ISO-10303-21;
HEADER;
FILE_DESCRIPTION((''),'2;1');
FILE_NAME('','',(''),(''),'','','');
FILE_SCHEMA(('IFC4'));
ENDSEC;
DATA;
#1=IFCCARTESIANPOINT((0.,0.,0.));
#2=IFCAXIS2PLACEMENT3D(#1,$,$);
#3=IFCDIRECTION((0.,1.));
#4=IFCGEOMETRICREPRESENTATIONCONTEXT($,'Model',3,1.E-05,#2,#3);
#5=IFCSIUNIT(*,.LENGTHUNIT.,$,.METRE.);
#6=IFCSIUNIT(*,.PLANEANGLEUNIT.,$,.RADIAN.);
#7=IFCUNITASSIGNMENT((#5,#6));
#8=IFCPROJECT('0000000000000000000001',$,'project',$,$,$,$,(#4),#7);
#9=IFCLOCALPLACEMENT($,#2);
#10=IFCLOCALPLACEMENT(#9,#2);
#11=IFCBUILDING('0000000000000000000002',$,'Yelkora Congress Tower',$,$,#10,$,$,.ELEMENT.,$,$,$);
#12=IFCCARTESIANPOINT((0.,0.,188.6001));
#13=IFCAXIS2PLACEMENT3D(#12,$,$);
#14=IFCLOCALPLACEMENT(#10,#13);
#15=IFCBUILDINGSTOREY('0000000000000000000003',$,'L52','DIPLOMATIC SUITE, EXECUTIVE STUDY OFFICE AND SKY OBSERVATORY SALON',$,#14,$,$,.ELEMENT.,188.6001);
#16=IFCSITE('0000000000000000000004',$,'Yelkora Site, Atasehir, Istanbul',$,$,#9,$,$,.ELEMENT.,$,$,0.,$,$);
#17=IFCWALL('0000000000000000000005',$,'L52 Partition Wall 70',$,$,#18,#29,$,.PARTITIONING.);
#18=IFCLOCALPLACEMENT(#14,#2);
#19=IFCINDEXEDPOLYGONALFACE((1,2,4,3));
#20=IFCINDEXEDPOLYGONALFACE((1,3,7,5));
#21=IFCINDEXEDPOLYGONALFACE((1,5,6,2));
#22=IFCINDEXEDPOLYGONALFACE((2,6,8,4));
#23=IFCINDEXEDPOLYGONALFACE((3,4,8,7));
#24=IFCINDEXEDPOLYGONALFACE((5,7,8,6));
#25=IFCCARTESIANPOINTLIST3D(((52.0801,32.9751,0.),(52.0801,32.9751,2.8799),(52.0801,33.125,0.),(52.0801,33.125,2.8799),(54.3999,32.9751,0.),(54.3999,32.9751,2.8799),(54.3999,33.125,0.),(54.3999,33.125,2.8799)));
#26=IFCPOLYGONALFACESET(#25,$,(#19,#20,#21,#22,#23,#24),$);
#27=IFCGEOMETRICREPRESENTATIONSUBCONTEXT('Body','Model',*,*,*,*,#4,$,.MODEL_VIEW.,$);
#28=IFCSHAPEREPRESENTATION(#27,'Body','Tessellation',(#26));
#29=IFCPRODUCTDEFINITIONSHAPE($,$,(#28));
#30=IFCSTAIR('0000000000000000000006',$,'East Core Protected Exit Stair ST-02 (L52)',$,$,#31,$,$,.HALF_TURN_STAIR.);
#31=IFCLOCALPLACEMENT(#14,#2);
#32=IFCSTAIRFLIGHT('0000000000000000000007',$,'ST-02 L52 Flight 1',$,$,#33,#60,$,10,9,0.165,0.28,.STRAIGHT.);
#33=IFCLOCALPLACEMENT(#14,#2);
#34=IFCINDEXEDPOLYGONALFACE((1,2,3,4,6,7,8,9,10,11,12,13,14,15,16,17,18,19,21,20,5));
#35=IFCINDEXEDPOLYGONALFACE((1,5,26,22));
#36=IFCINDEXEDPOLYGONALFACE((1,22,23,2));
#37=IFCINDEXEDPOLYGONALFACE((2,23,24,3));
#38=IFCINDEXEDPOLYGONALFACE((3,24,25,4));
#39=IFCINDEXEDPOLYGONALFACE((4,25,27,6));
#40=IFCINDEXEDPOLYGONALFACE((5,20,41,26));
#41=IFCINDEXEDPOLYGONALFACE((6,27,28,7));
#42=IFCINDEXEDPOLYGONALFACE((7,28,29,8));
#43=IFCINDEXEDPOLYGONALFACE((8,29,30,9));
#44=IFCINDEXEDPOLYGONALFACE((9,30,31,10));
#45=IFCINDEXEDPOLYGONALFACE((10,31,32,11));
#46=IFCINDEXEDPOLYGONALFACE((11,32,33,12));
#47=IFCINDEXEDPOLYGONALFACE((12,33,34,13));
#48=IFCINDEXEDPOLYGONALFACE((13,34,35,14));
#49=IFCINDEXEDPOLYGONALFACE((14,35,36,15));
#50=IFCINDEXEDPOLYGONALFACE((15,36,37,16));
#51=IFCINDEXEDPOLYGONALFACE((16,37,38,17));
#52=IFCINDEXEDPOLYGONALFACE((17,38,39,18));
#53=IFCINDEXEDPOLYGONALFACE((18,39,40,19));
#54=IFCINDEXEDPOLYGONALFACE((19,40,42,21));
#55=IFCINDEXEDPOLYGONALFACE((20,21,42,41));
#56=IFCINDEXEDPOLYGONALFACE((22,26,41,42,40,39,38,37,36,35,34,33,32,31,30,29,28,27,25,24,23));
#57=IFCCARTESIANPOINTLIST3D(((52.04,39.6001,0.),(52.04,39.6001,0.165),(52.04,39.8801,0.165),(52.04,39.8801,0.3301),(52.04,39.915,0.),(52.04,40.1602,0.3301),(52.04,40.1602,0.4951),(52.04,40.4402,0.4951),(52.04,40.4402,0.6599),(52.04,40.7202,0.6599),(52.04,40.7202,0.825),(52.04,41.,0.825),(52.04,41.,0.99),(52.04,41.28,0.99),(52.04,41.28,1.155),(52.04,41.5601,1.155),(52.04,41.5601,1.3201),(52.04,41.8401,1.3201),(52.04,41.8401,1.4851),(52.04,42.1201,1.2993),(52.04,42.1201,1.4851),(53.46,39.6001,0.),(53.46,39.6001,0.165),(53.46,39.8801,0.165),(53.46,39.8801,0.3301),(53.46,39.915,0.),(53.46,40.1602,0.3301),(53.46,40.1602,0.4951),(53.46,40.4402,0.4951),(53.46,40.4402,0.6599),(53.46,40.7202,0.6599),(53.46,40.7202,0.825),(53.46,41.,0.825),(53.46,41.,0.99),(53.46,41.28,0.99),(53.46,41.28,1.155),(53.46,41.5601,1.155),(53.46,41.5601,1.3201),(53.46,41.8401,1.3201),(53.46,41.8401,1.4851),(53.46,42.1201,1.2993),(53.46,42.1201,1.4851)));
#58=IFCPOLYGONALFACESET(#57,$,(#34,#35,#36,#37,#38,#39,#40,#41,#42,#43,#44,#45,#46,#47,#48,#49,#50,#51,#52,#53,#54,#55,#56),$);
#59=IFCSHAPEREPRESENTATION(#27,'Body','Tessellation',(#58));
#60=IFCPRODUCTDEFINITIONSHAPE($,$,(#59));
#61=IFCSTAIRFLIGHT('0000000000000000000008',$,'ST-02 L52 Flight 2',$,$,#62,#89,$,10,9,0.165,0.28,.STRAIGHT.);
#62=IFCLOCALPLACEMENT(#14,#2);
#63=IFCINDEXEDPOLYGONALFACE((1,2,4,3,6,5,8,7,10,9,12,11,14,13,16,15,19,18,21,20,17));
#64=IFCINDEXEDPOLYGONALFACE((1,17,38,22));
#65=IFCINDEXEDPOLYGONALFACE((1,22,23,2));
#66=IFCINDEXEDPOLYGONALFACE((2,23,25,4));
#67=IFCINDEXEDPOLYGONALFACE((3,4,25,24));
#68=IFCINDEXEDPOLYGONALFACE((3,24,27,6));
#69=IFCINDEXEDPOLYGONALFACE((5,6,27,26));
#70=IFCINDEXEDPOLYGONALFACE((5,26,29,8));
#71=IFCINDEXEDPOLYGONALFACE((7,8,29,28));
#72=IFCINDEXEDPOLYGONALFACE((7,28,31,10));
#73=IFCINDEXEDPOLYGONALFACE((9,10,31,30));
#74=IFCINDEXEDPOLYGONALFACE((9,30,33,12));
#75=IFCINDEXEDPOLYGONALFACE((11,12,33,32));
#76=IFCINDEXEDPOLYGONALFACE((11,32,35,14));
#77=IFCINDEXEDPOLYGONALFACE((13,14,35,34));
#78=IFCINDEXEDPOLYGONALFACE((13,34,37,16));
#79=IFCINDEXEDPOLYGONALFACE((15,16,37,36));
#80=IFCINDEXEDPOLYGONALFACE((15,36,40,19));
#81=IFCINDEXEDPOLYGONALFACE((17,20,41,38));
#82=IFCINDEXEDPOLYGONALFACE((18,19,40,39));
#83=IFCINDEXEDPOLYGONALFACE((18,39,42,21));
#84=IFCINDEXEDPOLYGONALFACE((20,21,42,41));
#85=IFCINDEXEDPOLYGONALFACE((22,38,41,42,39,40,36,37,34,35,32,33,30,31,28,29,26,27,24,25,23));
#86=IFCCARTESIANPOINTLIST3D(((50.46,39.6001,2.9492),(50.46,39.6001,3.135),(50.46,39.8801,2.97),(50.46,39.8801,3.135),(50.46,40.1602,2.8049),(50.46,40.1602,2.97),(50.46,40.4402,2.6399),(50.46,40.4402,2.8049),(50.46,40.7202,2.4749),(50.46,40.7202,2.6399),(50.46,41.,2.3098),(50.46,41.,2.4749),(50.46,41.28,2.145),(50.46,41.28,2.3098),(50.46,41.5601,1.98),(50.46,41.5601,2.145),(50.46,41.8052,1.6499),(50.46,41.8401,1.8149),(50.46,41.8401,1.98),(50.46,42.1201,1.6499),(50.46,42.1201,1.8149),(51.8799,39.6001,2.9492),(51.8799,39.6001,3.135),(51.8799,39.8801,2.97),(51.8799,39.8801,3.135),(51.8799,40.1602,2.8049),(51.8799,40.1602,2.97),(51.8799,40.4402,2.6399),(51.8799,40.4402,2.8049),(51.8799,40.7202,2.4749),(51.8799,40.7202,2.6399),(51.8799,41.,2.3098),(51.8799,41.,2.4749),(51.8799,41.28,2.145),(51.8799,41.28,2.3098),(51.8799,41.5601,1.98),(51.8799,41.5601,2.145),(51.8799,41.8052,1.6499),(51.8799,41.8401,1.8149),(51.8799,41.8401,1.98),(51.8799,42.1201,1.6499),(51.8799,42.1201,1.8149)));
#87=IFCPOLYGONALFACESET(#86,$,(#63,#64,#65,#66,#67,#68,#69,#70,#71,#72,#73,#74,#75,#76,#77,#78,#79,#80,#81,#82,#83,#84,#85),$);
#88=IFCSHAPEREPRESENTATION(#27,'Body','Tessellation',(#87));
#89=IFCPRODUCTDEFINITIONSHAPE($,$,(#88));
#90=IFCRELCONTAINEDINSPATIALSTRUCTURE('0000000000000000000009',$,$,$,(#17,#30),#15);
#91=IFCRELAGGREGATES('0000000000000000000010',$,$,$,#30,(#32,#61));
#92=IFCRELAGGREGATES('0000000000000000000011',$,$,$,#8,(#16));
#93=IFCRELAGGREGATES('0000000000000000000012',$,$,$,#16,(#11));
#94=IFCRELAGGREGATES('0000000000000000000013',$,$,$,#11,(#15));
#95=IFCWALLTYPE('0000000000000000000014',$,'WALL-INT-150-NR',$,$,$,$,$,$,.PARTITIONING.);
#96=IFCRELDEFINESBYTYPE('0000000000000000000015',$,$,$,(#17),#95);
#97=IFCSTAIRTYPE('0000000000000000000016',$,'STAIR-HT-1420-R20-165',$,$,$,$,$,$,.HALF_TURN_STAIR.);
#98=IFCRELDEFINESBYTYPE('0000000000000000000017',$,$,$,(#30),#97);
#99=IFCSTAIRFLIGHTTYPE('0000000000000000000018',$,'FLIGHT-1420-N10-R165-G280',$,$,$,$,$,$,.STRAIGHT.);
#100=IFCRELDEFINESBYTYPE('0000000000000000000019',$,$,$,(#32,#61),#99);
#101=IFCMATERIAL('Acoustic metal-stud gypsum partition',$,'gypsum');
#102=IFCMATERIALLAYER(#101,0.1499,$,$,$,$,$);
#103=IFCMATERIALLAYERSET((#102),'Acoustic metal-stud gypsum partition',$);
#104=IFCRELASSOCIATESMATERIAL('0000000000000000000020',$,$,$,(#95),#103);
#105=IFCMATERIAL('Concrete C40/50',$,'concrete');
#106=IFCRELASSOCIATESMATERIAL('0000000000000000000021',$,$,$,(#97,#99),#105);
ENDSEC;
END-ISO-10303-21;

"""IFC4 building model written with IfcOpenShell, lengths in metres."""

from ifc_helpers import new_model, si_unit, direction, frame, frame_2d, origin, place, context, subcontext, project, spatial, polyline, rectangle, outline, extrude, material, layer, layer_set, type_object, element, aggregate, save


model = new_model("IFC4")

# Units and contexts
model_context = context("Model", 3, precision=1e-05, world=origin(), true_north=direction((0.0, 1.0)))
body_context = subcontext(model_context, "Body", "Model", "MODEL_VIEW")
ifc_project = project(units=[si_unit("LENGTHUNIT", "METRE"), si_unit("PLANEANGLEUNIT", "RADIAN")], contexts=[model_context])

# Site, building, storey
site_placement = place(None, origin())
site = spatial("IfcSite", under=ifc_project, at=site_placement, Name="Yelkora Site, Atasehir, Istanbul", CompositionType="ELEMENT", RefElevation=0.0)
building_placement = place(site_placement, origin())
building = spatial("IfcBuilding", under=site, at=building_placement, Name="Yelkora Congress Tower", CompositionType="ELEMENT")
storey_placement = place(building_placement, frame((0.0, 0.0, 188.6001)))
storey = spatial("IfcBuildingStorey", under=building, at=storey_placement, Name="L52", Description="DIPLOMATIC SUITE, EXECUTIVE STUDY OFFICE AND SKY OBSERVATORY SALON", CompositionType="ELEMENT", Elevation=188.6001)

# Wall
ifc_material_1 = material(Name="Acoustic metal-stud gypsum partition", Category="gypsum")
ifc_layer_1 = layer(ifc_material_1, 0.1499)
ifc_layer_set_1 = layer_set([ifc_layer_1], Name="Acoustic metal-stud gypsum partition")
wall_type_1 = type_object("IfcWallType", Name="WALL-INT-150-NR", PredefinedType="PARTITIONING", material=ifc_layer_set_1)
wall_1_placement = place(storey_placement, frame((52.0801, 33.05, 0.0), z_axis=(0.0, 0.0, 1.0), x_axis=(1.0, 0.0, 0.0)))
element("IfcWall", 1, at=wall_1_placement, inside=storey, type_object=wall_type_1, Name="L52 Partition Wall 70", PredefinedType="PARTITIONING", context=body_context, shape_type="SweptSolid", body=[
    extrude(rectangle(XDim=2.3198, YDim=0.1499, at=frame_2d((1.1599, 0.0))), origin(), (0.0, 0.0, 1.0), 2.8799),
])

# Stair, stair flights
ifc_material_2 = material(Name="Concrete C40/50", Category="concrete")
stair_type = type_object("IfcStairType", Name="STAIR-HT-1420-R20-165", PredefinedType="HALF_TURN_STAIR", material=ifc_material_2)
stair_placement = place(storey_placement, origin())
stair = element("IfcStair", 2, at=stair_placement, inside=storey, type_object=stair_type, Name="East Core Protected Exit Stair ST-02 (L52)", PredefinedType="HALF_TURN_STAIR")
stair_flight_type = type_object("IfcStairFlightType", Name="FLIGHT-1420-N10-R165-G280", PredefinedType="STRAIGHT", material=ifc_material_2)
stair_flight_1_placement = place(storey_placement, frame((52.75, 39.6001, 0.0), z_axis=(0.0, 0.0, 1.0), x_axis=(0.0, 1.0, 0.0)))
stair_flight_1 = element("IfcStairFlight", 3, at=stair_flight_1_placement, type_object=stair_flight_type, Name="ST-02 L52 Flight 1", NumberOfRisers=10, NumberOfTreads=9, PredefinedType="STRAIGHT", RiserHeight=0.165, TreadLength=0.28, context=body_context, shape_type="SweptSolid", body=[
    extrude(outline(polyline([(0.0, 0.0), (0.0, 0.165), (0.28, 0.165), (0.28, 0.3301), (0.5601, 0.3301), (0.5601, 0.4951), (0.8401, 0.4951), (0.8401, 0.6599), (1.1201, 0.6599), (1.1201, 0.825), (1.3999, 0.825), (1.3999, 0.99), (1.6799, 0.99), (1.6799, 1.155), (1.96, 1.155), (1.96, 1.3201), (2.24, 1.3201), (2.24, 1.4851), (2.52, 1.4851), (2.52, 1.6499), (2.52, 1.2993), (0.3149, 0.0), (0.0, 0.0)])), frame((0.0, 0.71, 0.0), z_axis=(0.0, -1.0, 0.0), x_axis=(1.0, 0.0, 0.0)), (0.0, 0.0, 1.0), 1.4199),
])
stair_flight_2_placement = place(storey_placement, frame((51.1699, 42.1201, 1.6499), z_axis=(0.0, 0.0, 1.0), x_axis=(0.0, -1.0, 0.0)))
stair_flight_2 = element("IfcStairFlight", 4, at=stair_flight_2_placement, type_object=stair_flight_type, Name="ST-02 L52 Flight 2", NumberOfRisers=10, NumberOfTreads=9, PredefinedType="STRAIGHT", RiserHeight=0.165, TreadLength=0.28, context=body_context, shape_type="SweptSolid", body=[
    extrude(outline(polyline([(0.0, 0.0), (0.0, 0.165), (0.28, 0.165), (0.28, 0.3301), (0.5601, 0.3301), (0.5601, 0.4951), (0.8401, 0.4951), (0.8401, 0.6599), (1.1201, 0.6599), (1.1201, 0.825), (1.3999, 0.825), (1.3999, 0.99), (1.6799, 0.99), (1.6799, 1.155), (1.96, 1.155), (1.96, 1.3201), (2.24, 1.3201), (2.24, 1.4851), (2.52, 1.4851), (2.52, 1.6499), (2.52, 1.2993), (0.3149, 0.0), (0.0, 0.0)])), frame((0.0, 0.71, 0.0), z_axis=(0.0, -1.0, 0.0), x_axis=(1.0, 0.0, 0.0)), (0.0, 0.0, 1.0), 1.4199),
])
aggregate(stair, [stair_flight_1, stair_flight_2])

save(model, "model.ifc")
